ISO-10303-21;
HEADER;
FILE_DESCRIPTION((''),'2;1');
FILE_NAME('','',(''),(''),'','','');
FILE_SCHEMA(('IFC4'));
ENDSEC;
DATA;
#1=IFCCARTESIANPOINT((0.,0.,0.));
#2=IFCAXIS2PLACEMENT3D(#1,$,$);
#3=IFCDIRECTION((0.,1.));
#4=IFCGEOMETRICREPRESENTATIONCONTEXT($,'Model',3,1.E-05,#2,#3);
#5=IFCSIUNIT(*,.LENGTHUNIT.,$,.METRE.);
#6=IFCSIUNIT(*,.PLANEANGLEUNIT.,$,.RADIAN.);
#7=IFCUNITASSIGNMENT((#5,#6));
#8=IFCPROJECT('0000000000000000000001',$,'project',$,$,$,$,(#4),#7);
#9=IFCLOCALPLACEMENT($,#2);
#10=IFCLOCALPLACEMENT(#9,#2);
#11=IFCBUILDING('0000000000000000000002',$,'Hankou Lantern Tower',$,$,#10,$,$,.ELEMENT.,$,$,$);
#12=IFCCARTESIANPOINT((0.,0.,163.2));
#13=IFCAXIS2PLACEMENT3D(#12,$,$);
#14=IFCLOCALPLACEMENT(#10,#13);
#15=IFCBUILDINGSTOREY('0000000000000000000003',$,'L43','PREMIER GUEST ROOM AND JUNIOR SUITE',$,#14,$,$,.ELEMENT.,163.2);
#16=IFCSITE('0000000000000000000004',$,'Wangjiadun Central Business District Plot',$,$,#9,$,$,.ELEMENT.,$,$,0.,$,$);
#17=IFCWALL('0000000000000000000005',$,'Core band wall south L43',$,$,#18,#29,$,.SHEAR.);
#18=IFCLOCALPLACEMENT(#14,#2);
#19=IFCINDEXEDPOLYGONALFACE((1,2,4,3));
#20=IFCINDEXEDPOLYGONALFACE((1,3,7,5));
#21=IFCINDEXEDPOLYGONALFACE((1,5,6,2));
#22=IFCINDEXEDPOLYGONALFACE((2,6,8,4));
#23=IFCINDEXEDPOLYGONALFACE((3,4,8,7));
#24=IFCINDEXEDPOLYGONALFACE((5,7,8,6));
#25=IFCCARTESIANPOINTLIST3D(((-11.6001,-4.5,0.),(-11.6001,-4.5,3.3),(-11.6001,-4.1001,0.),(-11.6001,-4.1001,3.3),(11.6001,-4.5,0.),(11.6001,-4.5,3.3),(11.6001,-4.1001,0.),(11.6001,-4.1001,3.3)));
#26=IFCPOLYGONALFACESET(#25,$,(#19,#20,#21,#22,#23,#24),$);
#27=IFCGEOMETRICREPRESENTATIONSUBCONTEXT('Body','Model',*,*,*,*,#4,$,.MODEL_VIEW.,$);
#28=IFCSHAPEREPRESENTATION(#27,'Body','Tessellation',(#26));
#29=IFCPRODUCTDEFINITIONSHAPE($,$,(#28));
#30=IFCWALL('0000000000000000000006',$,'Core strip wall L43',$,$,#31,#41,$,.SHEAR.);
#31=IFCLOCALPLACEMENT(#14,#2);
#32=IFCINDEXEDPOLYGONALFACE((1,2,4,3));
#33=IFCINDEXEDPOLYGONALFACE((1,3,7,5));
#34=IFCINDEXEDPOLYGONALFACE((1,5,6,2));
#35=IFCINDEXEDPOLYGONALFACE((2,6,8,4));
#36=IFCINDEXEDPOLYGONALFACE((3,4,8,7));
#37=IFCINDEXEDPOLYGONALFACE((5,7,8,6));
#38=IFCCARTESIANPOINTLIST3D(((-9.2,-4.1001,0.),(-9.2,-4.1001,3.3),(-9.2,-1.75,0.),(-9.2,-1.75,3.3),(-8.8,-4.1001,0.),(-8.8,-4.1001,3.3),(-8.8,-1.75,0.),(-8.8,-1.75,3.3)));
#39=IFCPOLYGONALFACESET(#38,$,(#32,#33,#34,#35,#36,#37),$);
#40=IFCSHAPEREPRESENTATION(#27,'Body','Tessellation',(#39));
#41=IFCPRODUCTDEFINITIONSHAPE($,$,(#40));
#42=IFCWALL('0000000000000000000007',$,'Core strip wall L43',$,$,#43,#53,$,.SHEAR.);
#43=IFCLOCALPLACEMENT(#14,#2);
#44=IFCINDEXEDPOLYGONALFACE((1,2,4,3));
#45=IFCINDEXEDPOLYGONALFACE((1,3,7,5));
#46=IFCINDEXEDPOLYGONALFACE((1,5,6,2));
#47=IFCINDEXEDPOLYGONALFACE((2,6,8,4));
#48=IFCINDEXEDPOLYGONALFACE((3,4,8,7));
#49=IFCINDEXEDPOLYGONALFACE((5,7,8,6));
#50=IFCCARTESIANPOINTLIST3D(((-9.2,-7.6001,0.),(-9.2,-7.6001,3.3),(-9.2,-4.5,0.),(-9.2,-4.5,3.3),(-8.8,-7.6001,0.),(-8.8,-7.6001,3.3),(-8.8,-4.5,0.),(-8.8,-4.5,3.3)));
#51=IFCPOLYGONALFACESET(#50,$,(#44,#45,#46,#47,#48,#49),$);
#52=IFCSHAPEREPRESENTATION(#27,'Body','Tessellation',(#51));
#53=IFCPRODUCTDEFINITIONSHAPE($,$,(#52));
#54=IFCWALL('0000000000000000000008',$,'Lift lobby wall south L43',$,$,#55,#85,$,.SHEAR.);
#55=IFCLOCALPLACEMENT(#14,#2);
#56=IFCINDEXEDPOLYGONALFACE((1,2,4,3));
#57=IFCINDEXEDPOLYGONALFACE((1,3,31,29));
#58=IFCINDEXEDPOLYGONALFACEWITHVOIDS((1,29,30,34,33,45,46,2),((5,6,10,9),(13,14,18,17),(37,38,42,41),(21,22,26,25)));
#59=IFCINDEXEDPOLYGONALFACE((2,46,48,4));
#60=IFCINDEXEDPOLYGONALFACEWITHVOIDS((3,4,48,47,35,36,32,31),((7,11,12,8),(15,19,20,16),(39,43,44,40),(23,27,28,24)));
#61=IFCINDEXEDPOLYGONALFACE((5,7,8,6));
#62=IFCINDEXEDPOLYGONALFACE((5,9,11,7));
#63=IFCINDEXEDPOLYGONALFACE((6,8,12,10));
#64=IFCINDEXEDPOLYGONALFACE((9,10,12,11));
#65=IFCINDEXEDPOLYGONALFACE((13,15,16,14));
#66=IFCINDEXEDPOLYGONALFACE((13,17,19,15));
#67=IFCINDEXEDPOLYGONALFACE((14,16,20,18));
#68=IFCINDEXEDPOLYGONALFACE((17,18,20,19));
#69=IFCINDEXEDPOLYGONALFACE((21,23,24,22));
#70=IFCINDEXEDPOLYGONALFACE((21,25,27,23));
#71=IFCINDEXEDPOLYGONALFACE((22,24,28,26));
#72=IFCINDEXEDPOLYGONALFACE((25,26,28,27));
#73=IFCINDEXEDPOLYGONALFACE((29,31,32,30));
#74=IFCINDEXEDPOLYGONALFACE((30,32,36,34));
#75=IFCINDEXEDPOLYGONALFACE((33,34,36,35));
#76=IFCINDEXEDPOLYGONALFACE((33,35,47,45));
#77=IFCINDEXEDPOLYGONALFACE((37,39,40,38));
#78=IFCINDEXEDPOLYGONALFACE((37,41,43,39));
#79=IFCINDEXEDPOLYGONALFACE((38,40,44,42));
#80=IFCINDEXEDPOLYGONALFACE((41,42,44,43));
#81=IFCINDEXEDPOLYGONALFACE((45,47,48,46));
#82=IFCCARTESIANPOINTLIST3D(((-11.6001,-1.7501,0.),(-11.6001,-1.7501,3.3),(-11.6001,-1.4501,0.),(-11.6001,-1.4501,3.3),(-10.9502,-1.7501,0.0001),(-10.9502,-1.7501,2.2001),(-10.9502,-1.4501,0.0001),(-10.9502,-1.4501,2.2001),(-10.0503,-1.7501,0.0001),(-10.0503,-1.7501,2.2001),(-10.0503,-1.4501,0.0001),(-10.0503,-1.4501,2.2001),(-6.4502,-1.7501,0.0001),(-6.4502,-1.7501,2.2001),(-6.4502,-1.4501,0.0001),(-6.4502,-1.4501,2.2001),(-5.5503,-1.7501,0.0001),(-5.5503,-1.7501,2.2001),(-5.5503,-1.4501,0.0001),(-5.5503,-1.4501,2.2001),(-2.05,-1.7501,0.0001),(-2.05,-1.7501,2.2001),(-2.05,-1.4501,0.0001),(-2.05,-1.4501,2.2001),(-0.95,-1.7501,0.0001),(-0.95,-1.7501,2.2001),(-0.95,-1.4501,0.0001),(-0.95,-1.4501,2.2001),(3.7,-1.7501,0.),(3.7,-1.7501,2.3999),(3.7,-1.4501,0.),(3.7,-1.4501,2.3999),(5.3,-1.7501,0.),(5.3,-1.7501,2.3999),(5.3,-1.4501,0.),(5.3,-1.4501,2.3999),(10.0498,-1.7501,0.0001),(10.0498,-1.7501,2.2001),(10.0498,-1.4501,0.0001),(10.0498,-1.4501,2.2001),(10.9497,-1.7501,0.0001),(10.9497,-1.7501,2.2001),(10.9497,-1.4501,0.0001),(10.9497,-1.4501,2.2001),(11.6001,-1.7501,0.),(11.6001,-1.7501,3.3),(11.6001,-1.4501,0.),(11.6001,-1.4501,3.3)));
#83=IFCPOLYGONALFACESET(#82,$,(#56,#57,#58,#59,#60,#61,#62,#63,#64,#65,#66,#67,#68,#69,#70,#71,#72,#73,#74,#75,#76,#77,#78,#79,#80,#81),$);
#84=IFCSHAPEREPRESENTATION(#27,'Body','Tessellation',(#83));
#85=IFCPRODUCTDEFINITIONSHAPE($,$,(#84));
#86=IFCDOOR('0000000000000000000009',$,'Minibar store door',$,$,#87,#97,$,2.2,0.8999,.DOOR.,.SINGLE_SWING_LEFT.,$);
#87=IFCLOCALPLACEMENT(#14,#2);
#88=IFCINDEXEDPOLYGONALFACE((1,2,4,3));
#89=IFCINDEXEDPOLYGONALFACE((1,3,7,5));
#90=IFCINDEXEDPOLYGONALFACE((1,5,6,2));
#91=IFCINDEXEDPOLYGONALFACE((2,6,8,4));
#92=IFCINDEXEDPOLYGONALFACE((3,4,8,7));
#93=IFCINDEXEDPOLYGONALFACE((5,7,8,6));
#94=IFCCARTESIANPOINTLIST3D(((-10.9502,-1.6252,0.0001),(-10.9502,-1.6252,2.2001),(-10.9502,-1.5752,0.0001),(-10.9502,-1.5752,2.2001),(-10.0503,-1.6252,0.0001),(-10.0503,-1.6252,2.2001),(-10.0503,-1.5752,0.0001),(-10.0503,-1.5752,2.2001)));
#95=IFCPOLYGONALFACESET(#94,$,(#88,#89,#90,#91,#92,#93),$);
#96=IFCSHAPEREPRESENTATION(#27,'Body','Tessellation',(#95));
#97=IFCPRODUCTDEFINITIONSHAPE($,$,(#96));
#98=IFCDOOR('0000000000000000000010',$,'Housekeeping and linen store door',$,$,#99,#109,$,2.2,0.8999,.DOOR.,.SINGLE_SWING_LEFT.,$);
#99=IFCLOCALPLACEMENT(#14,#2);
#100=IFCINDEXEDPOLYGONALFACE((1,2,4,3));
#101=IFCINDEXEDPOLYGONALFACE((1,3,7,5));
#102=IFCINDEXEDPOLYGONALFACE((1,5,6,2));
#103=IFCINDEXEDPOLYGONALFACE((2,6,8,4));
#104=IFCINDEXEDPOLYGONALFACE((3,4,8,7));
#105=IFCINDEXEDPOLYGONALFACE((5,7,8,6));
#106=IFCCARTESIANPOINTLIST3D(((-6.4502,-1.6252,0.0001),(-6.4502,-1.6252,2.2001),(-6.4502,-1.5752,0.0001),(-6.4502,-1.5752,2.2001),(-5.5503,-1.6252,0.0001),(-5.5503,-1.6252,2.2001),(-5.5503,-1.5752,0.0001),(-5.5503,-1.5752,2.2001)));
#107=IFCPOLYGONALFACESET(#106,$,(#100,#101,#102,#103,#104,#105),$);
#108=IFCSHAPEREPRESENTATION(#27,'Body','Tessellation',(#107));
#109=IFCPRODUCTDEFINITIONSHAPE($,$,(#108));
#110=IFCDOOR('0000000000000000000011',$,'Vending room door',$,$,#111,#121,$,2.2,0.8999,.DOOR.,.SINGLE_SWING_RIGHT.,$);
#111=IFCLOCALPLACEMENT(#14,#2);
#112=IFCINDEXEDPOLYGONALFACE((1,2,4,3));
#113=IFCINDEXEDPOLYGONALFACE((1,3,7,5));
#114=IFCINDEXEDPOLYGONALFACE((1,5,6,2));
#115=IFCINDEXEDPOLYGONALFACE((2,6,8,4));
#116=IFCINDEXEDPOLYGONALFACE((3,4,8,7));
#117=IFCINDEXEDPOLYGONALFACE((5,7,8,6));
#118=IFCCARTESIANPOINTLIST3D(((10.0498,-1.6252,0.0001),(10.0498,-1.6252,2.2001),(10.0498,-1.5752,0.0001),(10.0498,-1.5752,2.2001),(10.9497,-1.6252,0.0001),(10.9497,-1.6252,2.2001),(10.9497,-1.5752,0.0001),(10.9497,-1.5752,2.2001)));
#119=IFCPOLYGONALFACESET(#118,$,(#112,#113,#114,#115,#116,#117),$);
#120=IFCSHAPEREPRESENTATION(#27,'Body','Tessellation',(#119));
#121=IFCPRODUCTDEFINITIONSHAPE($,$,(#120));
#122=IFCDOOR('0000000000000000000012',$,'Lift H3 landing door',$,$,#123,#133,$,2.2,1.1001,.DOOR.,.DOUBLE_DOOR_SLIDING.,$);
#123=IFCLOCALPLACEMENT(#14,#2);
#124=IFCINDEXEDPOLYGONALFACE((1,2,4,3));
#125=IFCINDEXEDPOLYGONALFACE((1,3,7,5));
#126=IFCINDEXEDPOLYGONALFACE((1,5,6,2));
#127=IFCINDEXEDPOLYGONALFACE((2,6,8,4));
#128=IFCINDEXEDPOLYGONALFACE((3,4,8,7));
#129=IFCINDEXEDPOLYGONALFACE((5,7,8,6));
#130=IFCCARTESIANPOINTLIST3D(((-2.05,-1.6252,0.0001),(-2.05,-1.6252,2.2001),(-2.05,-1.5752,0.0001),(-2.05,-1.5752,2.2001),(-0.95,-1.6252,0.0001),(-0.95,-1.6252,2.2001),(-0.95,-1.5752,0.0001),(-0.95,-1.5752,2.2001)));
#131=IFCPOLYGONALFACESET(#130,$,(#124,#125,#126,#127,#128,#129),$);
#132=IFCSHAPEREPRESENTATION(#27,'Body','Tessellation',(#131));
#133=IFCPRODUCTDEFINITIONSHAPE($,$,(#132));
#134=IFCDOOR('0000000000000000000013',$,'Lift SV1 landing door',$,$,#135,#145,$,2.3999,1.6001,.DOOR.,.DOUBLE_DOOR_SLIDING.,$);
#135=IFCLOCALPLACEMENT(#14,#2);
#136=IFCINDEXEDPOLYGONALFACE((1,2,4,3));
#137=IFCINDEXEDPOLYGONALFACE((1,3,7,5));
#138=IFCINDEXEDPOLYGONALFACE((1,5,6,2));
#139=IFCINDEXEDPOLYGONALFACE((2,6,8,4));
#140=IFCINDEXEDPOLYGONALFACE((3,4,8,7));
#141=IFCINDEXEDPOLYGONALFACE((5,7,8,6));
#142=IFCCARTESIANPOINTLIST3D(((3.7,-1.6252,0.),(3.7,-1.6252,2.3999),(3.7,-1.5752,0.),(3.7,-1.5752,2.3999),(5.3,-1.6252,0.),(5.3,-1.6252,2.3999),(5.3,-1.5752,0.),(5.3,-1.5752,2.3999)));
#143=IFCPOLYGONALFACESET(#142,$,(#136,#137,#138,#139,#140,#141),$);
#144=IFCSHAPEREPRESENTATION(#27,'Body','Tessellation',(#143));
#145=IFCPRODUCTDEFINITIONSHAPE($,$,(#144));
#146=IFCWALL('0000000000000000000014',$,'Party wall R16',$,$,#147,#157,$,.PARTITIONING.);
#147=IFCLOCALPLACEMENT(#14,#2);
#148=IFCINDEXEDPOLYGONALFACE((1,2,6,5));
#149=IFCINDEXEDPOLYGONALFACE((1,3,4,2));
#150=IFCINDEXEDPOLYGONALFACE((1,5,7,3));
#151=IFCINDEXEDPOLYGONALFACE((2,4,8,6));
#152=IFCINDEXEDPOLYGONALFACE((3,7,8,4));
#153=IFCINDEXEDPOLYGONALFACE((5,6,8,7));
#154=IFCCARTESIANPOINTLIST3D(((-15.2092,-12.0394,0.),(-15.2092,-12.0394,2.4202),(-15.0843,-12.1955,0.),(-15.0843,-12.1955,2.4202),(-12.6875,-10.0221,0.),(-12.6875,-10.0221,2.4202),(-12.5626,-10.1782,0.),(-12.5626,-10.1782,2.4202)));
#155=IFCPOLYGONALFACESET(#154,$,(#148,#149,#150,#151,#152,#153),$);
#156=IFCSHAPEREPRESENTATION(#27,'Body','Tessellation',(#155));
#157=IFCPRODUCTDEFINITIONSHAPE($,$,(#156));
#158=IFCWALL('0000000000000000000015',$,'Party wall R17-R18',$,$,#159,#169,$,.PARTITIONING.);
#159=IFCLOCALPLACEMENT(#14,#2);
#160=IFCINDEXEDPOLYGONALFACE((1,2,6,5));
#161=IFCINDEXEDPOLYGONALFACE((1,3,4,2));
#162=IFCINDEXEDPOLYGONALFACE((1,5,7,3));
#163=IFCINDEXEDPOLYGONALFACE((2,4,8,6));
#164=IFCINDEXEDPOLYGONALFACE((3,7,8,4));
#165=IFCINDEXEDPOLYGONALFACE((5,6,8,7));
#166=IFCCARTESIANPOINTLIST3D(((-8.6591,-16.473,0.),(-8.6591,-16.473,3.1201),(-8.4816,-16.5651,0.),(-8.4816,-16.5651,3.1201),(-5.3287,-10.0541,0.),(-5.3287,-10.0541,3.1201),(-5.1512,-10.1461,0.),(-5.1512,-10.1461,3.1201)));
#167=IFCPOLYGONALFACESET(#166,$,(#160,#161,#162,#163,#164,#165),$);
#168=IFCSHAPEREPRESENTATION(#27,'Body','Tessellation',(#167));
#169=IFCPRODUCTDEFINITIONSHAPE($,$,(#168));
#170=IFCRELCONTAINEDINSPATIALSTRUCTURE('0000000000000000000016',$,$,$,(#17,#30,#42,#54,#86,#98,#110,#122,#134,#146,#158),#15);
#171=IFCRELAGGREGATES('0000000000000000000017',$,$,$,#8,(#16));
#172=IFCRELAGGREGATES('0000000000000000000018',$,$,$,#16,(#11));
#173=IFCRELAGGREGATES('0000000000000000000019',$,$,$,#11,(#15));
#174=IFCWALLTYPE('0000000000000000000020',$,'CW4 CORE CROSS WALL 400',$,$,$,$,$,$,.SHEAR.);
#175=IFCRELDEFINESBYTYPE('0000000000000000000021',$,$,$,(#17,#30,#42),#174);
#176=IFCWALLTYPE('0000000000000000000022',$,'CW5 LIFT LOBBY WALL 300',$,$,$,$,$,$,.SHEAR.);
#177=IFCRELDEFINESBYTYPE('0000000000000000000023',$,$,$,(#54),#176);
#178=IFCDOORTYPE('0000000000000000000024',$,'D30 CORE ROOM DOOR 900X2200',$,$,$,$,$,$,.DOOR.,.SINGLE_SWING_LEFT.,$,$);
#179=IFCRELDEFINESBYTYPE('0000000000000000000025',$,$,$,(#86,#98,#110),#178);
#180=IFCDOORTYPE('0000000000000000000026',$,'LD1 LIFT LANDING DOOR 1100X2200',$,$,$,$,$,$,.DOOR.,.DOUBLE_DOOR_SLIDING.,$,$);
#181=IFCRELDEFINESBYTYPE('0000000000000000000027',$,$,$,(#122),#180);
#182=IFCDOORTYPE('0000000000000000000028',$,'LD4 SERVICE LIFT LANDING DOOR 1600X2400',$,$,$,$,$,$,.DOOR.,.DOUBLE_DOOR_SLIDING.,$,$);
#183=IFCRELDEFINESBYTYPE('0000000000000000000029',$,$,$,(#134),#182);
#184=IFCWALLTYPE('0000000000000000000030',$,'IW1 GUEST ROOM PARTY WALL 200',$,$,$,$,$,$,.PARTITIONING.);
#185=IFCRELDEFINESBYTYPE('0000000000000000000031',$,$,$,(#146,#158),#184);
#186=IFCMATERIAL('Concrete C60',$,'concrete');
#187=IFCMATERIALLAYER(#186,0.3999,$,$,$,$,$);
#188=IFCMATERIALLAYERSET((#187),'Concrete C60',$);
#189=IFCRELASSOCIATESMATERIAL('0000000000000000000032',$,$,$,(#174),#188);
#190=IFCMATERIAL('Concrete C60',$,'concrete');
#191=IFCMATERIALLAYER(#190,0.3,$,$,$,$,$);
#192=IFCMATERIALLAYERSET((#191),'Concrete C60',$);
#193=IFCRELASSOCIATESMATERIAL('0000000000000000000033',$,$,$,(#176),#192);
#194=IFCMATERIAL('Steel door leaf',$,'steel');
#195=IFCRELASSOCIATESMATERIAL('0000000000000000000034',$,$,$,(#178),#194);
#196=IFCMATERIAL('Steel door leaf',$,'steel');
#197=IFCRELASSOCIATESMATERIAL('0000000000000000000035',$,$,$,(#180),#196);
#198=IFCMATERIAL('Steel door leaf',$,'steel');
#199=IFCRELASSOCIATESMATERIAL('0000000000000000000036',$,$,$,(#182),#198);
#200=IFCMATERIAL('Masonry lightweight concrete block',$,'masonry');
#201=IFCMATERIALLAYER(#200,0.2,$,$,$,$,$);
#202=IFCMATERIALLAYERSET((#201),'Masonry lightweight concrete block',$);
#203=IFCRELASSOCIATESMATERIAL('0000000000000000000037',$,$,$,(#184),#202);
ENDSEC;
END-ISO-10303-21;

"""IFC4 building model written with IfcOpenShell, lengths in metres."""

from ifc_helpers import new_model, si_unit, direction, frame, frame_2d, origin, place, context, subcontext, project, spatial, rectangle, extrude, material, layer, layer_set, type_object, element, fill, save


model = new_model("IFC4")

# Units and contexts
model_context = context("Model", 3, precision=1e-05, world=origin(), true_north=direction((0.0, 1.0)))
body_context = subcontext(model_context, "Body", "Model", "MODEL_VIEW")
ifc_project = project(units=[si_unit("LENGTHUNIT", "METRE"), si_unit("PLANEANGLEUNIT", "RADIAN")], contexts=[model_context])

# Site, building, storey
site_placement = place(None, origin())
site = spatial("IfcSite", under=ifc_project, at=site_placement, Name="Wangjiadun Central Business District Plot", CompositionType="ELEMENT", RefElevation=0.0)
building_placement = place(site_placement, origin())
building = spatial("IfcBuilding", under=site, at=building_placement, Name="Hankou Lantern Tower", CompositionType="ELEMENT")
storey_placement = place(building_placement, frame((0.0, 0.0, 163.2)))
storey = spatial("IfcBuildingStorey", under=building, at=storey_placement, Name="L43", Description="PREMIER GUEST ROOM AND JUNIOR SUITE", CompositionType="ELEMENT", Elevation=163.2)

# Walls
ifc_material_1 = material(Name="Concrete C60", Category="concrete")
ifc_layer_1 = layer(ifc_material_1, 0.3999)
ifc_layer_set_1 = layer_set([ifc_layer_1], Name="Concrete C60")
wall_type_1 = type_object("IfcWallType", Name="CW4 CORE CROSS WALL 400", PredefinedType="SHEAR", material=ifc_layer_set_1)
wall_1_placement = place(storey_placement, frame((-11.6001, -4.3, 0.0), z_axis=(0.0, 0.0, 1.0), x_axis=(1.0, 0.0, 0.0)))
element("IfcWall", 1, at=wall_1_placement, inside=storey, type_object=wall_type_1, Name="Core band wall south L43", PredefinedType="SHEAR", context=body_context, shape_type="SweptSolid", body=[
    extrude(rectangle(XDim=23.2002, YDim=0.3999, at=frame_2d((11.6001, 0.0))), origin(), (0.0, 0.0, 1.0), 3.3),
])
wall_2_placement = place(storey_placement, frame((-9.0, -4.1001, 0.0), z_axis=(0.0, 0.0, 1.0), x_axis=(0.0, 1.0, 0.0)))
element("IfcWall", 2, at=wall_2_placement, inside=storey, type_object=wall_type_1, Name="Core strip wall L43", PredefinedType="SHEAR", context=body_context, shape_type="SweptSolid", body=[
    extrude(rectangle(XDim=2.3501, YDim=0.3999, at=frame_2d((1.175, 0.0))), origin(), (0.0, 0.0, 1.0), 3.3),
])
wall_3_placement = place(storey_placement, frame((-9.0, -7.6001, 0.0), z_axis=(0.0, 0.0, 1.0), x_axis=(0.0, 1.0, 0.0)))
element("IfcWall", 3, at=wall_3_placement, inside=storey, type_object=wall_type_1, Name="Core strip wall L43", PredefinedType="SHEAR", context=body_context, shape_type="SweptSolid", body=[
    extrude(rectangle(XDim=3.1001, YDim=0.3999, at=frame_2d((1.55, 0.0))), origin(), (0.0, 0.0, 1.0), 3.3),
])

# Wall, openings, doors
ifc_material_2 = material(Name="Concrete C60", Category="concrete")
ifc_layer_2 = layer(ifc_material_2, 0.3)
ifc_layer_set_2 = layer_set([ifc_layer_2], Name="Concrete C60")
wall_type_2 = type_object("IfcWallType", Name="CW5 LIFT LOBBY WALL 300", PredefinedType="SHEAR", material=ifc_layer_set_2)
wall_4_placement = place(storey_placement, frame((-11.6001, -1.6001, 0.0), z_axis=(0.0, 0.0, 1.0), x_axis=(1.0, 0.0, 0.0)))
wall_4 = element("IfcWall", 4, at=wall_4_placement, inside=storey, type_object=wall_type_2, Name="Lift lobby wall south L43", PredefinedType="SHEAR", context=body_context, shape_type="SweptSolid", body=[
    extrude(rectangle(XDim=23.2002, YDim=0.3, at=frame_2d((11.6001, 0.0))), origin(), (0.0, 0.0, 1.0), 3.3),
])
opening_1_placement = place(wall_4_placement, frame((9.55, 0.0, 0.0)))
opening_1 = element("IfcOpeningElement", 5, at=opening_1_placement, cuts=wall_4, PredefinedType="OPENING", context=body_context, shape_type="SweptSolid", body=[
    extrude(rectangle(XDim=1.1001, YDim=2.2, at=frame_2d((0.55, 1.1001))), frame((0.0, 0.1599, 0.0), z_axis=(0.0, -1.0, 0.0), x_axis=(1.0, 0.0, 0.0)), (0.0, 0.0, 1.0), 0.3201),
])
opening_2_placement = place(wall_4_placement, frame((15.3, 0.0, 0.0)))
opening_2 = element("IfcOpeningElement", 6, at=opening_2_placement, cuts=wall_4, PredefinedType="OPENING", context=body_context, shape_type="SweptSolid", body=[
    extrude(rectangle(XDim=1.6001, YDim=2.3999, at=frame_2d((0.8, 1.2))), frame((0.0, 0.1599, 0.0), z_axis=(0.0, -1.0, 0.0), x_axis=(1.0, 0.0, 0.0)), (0.0, 0.0, 1.0), 0.3201),
])
opening_3_placement = place(wall_4_placement, frame((0.6499, 0.0, 0.0)))
opening_3 = element("IfcOpeningElement", 7, at=opening_3_placement, cuts=wall_4, PredefinedType="OPENING", context=body_context, shape_type="SweptSolid", body=[
    extrude(rectangle(XDim=0.8999, YDim=2.2, at=frame_2d((0.45, 1.1001))), frame((0.0, 0.1599, 0.0), z_axis=(0.0, -1.0, 0.0), x_axis=(1.0, 0.0, 0.0)), (0.0, 0.0, 1.0), 0.3201),
])
opening_4_placement = place(wall_4_placement, frame((5.1499, 0.0, 0.0)))
opening_4 = element("IfcOpeningElement", 8, at=opening_4_placement, cuts=wall_4, PredefinedType="OPENING", context=body_context, shape_type="SweptSolid", body=[
    extrude(rectangle(XDim=0.8999, YDim=2.2, at=frame_2d((0.45, 1.1001))), frame((0.0, 0.1599, 0.0), z_axis=(0.0, -1.0, 0.0), x_axis=(1.0, 0.0, 0.0)), (0.0, 0.0, 1.0), 0.3201),
])
opening_5_placement = place(wall_4_placement, frame((21.6499, 0.0, 0.0)))
opening_5 = element("IfcOpeningElement", 9, at=opening_5_placement, cuts=wall_4, PredefinedType="OPENING", context=body_context, shape_type="SweptSolid", body=[
    extrude(rectangle(XDim=0.8999, YDim=2.2, at=frame_2d((0.45, 1.1001))), frame((0.0, 0.1599, 0.0), z_axis=(0.0, -1.0, 0.0), x_axis=(1.0, 0.0, 0.0)), (0.0, 0.0, 1.0), 0.3201),
])
ifc_material_3 = material(Name="Steel door leaf", Category="steel")
door_type_1 = type_object("IfcDoorType", Name="D30 CORE ROOM DOOR 900X2200", OperationType="SINGLE_SWING_LEFT", PredefinedType="DOOR", material=ifc_material_3)
door_1_placement = place(opening_3_placement, origin())
door_1 = element("IfcDoor", 10, at=door_1_placement, inside=storey, type_object=door_type_1, Name="Minibar store door", OperationType="SINGLE_SWING_LEFT", OverallHeight=2.2, OverallWidth=0.8999, PredefinedType="DOOR", context=body_context, shape_type="SweptSolid", body=[
    extrude(rectangle(XDim=0.8999, YDim=2.2, at=frame_2d((0.45, 1.1001))), frame((0.0, 0.0249, 0.0), z_axis=(0.0, -1.0, 0.0), x_axis=(1.0, 0.0, 0.0)), (0.0, 0.0, 1.0), 0.05),
])
fill(opening_3, door_1)
door_2_placement = place(opening_4_placement, origin())
door_2 = element("IfcDoor", 11, at=door_2_placement, inside=storey, type_object=door_type_1, Name="Housekeeping and linen store door", OperationType="SINGLE_SWING_LEFT", OverallHeight=2.2, OverallWidth=0.8999, PredefinedType="DOOR", context=body_context, shape_type="SweptSolid", body=[
    extrude(rectangle(XDim=0.8999, YDim=2.2, at=frame_2d((0.45, 1.1001))), frame((0.0, 0.0249, 0.0), z_axis=(0.0, -1.0, 0.0), x_axis=(1.0, 0.0, 0.0)), (0.0, 0.0, 1.0), 0.05),
])
fill(opening_4, door_2)
door_3_placement = place(opening_5_placement, origin())
door_3 = element("IfcDoor", 12, at=door_3_placement, inside=storey, type_object=door_type_1, Name="Vending room door", OperationType="SINGLE_SWING_RIGHT", OverallHeight=2.2, OverallWidth=0.8999, PredefinedType="DOOR", context=body_context, shape_type="SweptSolid", body=[
    extrude(rectangle(XDim=0.8999, YDim=2.2, at=frame_2d((0.45, 1.1001))), frame((0.0, 0.0249, 0.0), z_axis=(0.0, -1.0, 0.0), x_axis=(1.0, 0.0, 0.0)), (0.0, 0.0, 1.0), 0.05),
])
fill(opening_5, door_3)
ifc_material_4 = material(Name="Steel door leaf", Category="steel")
door_type_2 = type_object("IfcDoorType", Name="LD1 LIFT LANDING DOOR 1100X2200", OperationType="DOUBLE_DOOR_SLIDING", PredefinedType="DOOR", material=ifc_material_4)
door_4_placement = place(opening_1_placement, origin())
door_4 = element("IfcDoor", 13, at=door_4_placement, inside=storey, type_object=door_type_2, Name="Lift H3 landing door", OperationType="DOUBLE_DOOR_SLIDING", OverallHeight=2.2, OverallWidth=1.1001, PredefinedType="DOOR", context=body_context, shape_type="SweptSolid", body=[
    extrude(rectangle(XDim=1.1001, YDim=2.2, at=frame_2d((0.55, 1.1001))), frame((0.0, 0.0249, 0.0), z_axis=(0.0, -1.0, 0.0), x_axis=(1.0, 0.0, 0.0)), (0.0, 0.0, 1.0), 0.05),
])
fill(opening_1, door_4)
ifc_material_5 = material(Name="Steel door leaf", Category="steel")
door_type_3 = type_object("IfcDoorType", Name="LD4 SERVICE LIFT LANDING DOOR 1600X2400", OperationType="DOUBLE_DOOR_SLIDING", PredefinedType="DOOR", material=ifc_material_5)
door_5_placement = place(opening_2_placement, origin())
door_5 = element("IfcDoor", 14, at=door_5_placement, inside=storey, type_object=door_type_3, Name="Lift SV1 landing door", OperationType="DOUBLE_DOOR_SLIDING", OverallHeight=2.3999, OverallWidth=1.6001, PredefinedType="DOOR", context=body_context, shape_type="SweptSolid", body=[
    extrude(rectangle(XDim=1.6001, YDim=2.3999, at=frame_2d((0.8, 1.2))), frame((0.0, 0.0249, 0.0), z_axis=(0.0, -1.0, 0.0), x_axis=(1.0, 0.0, 0.0)), (0.0, 0.0, 1.0), 0.05),
])
fill(opening_2, door_5)

# Walls
ifc_material_6 = material(Name="Masonry lightweight concrete block", Category="masonry")
ifc_layer_3 = layer(ifc_material_6, 0.2)
ifc_layer_set_3 = layer_set([ifc_layer_3], Name="Masonry lightweight concrete block")
wall_type_3 = type_object("IfcWallType", Name="IW1 GUEST ROOM PARTY WALL 200", PredefinedType="PARTITIONING", material=ifc_layer_set_3)
wall_5_placement = place(storey_placement, frame((-12.625, -10.1001, 0.0), z_axis=(0.0, 0.0, 1.0), x_axis=(-0.780876, -0.624686, 0.0)))
element("IfcWall", 15, at=wall_5_placement, inside=storey, type_object=wall_type_3, Name="Party wall R16", PredefinedType="PARTITIONING", context=body_context, shape_type="SweptSolid", body=[
    extrude(rectangle(XDim=3.2292, YDim=0.2, at=frame_2d((1.6147, 0.0))), origin(), (0.0, 0.0, 1.0), 2.4202),
])
wall_6_placement = place(storey_placement, frame((-5.24, -10.1001, 0.0), z_axis=(0.0, 0.0, 1.0), x_axis=(-0.460533, -0.887643, 0.0)))
element("IfcWall", 16, at=wall_6_placement, inside=storey, type_object=wall_type_3, Name="Party wall R17-R18", PredefinedType="PARTITIONING", context=body_context, shape_type="SweptSolid", body=[
    extrude(rectangle(XDim=7.2314, YDim=0.2, at=frame_2d((3.6157, 0.0))), origin(), (0.0, 0.0, 1.0), 3.1201),
])

save(model, "model.ifc")
